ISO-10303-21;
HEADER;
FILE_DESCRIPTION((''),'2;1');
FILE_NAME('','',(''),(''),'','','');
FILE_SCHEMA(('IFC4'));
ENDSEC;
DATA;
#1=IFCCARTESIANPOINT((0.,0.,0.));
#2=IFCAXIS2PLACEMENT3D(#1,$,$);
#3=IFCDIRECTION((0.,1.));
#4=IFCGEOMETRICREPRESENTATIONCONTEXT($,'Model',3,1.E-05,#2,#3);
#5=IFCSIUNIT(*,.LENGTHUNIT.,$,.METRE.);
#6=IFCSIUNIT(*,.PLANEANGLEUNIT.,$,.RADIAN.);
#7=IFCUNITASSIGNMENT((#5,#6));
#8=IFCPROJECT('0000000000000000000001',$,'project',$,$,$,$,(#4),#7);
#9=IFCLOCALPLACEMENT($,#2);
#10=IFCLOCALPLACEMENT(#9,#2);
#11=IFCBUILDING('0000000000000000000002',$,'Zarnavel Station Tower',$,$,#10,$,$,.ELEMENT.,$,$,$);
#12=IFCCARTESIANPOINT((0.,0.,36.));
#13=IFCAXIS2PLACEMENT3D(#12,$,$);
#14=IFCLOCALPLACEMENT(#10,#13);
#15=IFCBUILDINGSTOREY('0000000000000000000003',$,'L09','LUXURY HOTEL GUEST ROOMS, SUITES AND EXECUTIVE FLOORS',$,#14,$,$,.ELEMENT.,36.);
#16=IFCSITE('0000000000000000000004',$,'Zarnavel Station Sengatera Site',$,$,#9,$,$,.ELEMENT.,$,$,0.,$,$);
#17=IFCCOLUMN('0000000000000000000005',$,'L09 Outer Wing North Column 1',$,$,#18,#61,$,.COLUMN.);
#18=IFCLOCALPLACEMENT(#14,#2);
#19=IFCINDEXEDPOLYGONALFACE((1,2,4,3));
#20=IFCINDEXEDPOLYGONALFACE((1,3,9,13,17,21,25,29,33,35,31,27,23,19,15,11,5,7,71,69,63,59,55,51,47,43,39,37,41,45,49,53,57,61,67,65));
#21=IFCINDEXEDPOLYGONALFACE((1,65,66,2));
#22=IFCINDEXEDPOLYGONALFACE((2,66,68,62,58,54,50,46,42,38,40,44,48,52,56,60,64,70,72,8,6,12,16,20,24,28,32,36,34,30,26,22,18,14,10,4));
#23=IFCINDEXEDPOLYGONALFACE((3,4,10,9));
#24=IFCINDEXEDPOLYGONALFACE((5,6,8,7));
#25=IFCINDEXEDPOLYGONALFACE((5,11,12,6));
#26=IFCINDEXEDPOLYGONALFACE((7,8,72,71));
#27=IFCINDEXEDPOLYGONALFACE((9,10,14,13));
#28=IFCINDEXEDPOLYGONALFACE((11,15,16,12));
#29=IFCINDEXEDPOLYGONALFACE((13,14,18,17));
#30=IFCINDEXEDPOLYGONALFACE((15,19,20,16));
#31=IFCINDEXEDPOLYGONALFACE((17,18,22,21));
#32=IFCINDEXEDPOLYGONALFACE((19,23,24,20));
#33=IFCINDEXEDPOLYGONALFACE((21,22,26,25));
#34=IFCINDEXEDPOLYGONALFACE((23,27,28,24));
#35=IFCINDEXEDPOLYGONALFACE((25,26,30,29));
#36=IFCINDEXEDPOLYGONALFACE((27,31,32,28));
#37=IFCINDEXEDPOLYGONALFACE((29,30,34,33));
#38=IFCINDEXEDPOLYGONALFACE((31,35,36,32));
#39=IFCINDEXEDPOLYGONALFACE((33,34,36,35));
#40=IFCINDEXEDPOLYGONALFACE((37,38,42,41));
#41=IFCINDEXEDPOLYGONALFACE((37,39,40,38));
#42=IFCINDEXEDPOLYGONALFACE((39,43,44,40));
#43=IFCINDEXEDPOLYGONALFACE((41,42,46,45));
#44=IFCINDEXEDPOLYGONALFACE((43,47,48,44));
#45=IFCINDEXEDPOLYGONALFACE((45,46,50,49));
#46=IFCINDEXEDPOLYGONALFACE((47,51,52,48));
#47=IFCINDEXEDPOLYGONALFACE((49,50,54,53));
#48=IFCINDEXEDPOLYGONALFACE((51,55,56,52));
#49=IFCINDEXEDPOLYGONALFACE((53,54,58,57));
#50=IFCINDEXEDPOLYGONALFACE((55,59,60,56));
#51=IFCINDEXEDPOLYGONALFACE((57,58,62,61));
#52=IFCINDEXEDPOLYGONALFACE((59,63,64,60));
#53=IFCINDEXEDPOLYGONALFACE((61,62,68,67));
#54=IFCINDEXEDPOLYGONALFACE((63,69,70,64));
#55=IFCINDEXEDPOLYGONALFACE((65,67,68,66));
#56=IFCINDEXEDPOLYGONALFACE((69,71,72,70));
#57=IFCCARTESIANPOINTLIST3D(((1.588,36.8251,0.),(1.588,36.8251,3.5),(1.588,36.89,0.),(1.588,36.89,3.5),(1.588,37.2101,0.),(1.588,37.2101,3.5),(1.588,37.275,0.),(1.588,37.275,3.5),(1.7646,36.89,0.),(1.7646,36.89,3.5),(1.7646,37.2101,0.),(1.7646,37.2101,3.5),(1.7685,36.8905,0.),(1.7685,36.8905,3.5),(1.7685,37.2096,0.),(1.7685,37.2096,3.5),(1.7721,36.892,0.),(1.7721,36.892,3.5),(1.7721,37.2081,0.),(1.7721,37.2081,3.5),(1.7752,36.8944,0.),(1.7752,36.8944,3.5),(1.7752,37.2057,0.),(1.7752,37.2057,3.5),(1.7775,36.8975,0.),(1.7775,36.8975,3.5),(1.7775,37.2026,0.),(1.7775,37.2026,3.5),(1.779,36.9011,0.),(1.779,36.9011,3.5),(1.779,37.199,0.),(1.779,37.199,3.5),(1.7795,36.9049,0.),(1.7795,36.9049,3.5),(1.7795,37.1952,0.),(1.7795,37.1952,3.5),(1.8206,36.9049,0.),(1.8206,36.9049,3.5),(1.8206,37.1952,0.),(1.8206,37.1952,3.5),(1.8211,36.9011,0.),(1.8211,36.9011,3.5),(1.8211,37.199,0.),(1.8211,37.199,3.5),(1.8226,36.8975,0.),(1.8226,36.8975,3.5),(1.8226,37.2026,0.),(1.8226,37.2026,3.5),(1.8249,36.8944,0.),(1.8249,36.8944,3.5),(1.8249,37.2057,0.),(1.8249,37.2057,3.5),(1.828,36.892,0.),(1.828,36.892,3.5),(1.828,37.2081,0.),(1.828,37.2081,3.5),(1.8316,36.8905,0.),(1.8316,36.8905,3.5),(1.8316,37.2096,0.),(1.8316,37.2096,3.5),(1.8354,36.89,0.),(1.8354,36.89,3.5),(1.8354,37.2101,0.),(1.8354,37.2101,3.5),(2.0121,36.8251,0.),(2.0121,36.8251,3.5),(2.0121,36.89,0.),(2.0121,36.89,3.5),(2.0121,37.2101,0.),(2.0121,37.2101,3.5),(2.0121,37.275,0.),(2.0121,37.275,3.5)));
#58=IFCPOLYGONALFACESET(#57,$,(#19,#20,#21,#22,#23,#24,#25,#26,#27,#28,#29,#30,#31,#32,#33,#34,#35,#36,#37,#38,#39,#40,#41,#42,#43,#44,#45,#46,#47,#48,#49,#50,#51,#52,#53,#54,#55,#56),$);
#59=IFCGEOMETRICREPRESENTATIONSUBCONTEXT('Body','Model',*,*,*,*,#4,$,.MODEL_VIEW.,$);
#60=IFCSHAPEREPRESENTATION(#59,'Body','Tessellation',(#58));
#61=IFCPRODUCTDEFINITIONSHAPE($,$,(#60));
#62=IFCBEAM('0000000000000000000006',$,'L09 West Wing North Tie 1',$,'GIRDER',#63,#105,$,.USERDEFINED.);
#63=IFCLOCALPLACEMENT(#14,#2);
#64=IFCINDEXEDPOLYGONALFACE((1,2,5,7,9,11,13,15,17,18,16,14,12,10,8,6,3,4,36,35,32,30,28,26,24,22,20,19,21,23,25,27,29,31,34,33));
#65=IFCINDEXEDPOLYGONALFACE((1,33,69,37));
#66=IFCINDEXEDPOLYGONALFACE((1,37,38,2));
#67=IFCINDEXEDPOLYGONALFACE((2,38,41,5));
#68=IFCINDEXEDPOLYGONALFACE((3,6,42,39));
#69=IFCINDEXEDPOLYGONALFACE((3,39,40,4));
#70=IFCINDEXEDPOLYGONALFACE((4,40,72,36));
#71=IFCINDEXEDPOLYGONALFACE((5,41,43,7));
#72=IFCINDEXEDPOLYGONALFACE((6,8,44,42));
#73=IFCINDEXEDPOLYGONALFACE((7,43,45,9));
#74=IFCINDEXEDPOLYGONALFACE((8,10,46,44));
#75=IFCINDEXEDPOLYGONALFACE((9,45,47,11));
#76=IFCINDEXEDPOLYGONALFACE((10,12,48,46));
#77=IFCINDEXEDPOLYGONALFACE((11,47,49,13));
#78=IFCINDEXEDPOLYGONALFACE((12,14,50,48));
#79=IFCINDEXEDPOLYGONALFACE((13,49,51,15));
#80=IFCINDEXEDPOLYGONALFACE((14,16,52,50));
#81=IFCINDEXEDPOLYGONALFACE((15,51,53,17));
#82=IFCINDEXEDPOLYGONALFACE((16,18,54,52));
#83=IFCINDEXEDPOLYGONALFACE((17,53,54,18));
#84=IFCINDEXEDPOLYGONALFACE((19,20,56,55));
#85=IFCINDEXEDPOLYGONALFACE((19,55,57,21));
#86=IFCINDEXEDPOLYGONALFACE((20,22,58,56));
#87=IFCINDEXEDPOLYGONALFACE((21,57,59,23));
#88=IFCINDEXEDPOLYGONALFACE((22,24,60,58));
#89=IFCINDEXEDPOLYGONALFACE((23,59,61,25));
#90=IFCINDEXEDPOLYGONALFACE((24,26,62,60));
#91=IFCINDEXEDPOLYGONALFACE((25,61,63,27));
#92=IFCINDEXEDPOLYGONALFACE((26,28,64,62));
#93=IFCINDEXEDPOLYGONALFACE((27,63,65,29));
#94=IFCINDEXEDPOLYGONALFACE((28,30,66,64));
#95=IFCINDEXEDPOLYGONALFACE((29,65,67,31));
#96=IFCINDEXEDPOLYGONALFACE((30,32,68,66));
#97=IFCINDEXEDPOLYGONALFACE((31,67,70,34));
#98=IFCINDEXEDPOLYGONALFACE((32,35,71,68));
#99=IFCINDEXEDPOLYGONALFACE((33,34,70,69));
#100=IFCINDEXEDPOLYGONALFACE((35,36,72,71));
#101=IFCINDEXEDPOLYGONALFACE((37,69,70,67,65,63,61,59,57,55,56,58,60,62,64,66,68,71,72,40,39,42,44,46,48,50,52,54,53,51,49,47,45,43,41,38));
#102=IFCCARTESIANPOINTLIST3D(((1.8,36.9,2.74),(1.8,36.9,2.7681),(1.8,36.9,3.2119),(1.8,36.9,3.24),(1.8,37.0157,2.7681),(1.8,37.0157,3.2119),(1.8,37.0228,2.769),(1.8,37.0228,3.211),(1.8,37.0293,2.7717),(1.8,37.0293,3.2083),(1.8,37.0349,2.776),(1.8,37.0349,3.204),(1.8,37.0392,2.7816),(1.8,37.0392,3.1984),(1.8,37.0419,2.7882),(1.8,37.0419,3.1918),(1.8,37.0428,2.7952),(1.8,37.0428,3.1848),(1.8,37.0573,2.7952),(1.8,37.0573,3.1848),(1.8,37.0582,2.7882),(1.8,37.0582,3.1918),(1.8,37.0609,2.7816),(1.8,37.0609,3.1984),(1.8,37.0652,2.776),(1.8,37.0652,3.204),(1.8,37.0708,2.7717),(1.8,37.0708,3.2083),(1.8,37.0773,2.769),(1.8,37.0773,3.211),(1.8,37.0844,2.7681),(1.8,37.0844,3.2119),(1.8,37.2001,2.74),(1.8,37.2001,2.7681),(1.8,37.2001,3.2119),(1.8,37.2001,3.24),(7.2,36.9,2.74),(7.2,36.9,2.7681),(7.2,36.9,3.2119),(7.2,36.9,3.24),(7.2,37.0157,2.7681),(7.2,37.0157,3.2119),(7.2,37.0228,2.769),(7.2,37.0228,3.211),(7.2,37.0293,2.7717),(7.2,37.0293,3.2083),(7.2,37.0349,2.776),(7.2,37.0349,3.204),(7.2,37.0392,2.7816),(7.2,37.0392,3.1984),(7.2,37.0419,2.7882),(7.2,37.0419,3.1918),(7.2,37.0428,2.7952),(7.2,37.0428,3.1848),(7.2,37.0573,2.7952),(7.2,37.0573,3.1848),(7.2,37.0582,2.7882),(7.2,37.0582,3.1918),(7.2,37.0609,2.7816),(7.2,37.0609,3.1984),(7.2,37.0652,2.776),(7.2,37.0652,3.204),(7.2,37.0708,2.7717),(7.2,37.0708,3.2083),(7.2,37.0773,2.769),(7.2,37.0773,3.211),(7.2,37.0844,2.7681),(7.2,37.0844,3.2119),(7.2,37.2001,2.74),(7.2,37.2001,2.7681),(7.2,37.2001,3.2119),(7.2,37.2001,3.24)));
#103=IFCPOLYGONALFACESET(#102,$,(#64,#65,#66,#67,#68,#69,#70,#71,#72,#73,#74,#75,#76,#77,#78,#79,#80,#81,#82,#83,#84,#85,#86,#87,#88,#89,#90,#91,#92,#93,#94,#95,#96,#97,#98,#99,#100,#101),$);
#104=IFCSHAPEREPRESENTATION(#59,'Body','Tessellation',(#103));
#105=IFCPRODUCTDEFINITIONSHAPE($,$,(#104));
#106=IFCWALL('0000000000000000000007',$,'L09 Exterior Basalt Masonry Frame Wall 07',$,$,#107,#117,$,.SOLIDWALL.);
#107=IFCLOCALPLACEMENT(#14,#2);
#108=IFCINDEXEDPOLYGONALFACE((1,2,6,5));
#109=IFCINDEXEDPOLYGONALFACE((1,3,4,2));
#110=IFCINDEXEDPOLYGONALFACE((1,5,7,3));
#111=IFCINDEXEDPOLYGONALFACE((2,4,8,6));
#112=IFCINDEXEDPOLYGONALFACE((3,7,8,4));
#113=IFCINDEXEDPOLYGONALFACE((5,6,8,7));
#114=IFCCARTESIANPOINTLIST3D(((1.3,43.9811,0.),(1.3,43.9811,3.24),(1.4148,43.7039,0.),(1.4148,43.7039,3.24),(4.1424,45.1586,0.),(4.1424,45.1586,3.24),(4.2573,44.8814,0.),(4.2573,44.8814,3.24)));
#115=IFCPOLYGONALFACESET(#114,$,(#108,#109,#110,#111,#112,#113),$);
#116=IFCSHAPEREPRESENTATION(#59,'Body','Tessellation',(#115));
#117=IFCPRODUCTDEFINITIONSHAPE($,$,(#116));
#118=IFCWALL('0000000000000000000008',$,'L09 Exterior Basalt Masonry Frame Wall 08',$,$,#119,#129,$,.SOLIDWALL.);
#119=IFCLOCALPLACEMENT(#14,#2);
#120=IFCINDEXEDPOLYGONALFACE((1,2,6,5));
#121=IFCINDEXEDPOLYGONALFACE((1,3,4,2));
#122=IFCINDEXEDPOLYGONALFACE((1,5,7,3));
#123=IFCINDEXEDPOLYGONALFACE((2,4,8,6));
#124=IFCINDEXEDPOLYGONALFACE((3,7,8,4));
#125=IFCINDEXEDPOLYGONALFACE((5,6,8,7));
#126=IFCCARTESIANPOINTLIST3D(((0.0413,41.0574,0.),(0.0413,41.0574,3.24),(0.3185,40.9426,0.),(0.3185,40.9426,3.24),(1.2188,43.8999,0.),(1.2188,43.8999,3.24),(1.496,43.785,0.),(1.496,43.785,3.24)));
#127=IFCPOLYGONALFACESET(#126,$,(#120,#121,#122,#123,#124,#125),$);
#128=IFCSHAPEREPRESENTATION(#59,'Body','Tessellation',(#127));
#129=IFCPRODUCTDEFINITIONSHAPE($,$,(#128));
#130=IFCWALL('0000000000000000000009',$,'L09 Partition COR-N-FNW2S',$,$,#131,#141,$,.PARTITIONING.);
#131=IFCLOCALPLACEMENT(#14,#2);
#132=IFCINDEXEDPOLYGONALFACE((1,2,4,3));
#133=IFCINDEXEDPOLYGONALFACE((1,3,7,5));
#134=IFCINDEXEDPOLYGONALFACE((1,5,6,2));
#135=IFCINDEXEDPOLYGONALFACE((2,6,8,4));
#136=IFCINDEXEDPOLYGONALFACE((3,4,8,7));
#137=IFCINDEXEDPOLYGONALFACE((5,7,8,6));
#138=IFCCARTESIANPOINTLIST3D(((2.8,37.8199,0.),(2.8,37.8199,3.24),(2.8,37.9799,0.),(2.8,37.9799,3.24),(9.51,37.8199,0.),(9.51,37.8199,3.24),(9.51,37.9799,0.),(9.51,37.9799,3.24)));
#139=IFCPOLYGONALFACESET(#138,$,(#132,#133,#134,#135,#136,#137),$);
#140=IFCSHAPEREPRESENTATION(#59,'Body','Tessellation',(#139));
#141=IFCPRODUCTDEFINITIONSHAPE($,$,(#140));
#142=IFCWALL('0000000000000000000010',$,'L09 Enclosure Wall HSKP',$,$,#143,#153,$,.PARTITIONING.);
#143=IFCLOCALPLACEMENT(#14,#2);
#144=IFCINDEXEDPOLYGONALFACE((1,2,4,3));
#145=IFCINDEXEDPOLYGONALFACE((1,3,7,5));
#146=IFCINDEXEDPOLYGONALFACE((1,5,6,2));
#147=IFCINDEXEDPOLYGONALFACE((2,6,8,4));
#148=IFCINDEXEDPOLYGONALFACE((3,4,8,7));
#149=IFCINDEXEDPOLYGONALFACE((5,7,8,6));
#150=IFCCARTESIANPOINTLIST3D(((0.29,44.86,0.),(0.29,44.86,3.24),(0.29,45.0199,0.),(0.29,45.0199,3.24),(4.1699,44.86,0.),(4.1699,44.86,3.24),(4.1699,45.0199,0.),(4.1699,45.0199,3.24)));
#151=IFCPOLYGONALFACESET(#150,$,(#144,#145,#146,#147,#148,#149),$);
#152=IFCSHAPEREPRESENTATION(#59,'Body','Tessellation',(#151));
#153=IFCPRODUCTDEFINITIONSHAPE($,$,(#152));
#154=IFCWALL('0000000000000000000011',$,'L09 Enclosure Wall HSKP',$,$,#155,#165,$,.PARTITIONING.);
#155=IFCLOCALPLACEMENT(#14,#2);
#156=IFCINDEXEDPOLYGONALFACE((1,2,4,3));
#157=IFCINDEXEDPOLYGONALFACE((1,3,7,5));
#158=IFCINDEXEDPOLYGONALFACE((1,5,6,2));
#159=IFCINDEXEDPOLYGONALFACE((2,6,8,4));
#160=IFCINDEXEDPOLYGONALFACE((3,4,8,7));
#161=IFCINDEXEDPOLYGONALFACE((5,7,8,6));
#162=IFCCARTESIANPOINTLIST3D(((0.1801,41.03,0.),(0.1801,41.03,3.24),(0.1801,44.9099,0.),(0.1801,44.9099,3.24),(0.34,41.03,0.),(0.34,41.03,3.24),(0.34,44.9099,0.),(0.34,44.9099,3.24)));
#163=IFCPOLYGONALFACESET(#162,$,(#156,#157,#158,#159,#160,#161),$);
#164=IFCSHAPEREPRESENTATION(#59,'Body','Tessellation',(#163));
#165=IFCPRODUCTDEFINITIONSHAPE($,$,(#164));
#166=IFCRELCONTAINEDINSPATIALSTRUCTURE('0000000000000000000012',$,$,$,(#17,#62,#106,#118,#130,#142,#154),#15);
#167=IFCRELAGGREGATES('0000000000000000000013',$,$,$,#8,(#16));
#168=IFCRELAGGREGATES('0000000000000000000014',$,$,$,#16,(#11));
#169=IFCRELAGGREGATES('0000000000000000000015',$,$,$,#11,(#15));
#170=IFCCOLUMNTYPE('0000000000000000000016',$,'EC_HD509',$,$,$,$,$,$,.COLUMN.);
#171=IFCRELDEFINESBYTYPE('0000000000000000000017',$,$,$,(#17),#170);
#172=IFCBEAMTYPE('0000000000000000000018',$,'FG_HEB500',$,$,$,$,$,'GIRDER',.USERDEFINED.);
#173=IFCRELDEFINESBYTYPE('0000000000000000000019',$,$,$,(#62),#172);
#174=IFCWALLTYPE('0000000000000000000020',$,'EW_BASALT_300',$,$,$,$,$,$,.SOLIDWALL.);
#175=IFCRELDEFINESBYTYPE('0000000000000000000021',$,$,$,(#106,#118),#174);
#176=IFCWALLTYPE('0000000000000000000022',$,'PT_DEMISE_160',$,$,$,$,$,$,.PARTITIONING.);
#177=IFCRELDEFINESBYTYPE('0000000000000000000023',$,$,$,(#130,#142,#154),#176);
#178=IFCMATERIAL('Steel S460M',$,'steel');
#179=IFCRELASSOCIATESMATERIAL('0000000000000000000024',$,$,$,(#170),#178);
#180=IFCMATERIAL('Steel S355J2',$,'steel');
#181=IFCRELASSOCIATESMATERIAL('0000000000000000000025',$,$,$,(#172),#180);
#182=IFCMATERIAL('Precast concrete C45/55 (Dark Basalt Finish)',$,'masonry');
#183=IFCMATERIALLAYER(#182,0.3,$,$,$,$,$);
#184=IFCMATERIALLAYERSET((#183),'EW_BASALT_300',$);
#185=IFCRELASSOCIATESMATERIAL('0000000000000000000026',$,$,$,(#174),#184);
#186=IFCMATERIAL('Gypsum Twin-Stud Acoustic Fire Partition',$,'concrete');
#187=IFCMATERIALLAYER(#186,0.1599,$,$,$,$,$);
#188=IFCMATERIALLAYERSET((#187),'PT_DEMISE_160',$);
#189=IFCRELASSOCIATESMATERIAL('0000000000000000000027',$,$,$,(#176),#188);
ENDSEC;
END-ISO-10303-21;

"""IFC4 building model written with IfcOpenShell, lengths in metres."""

from ifc_helpers import new_model, si_unit, direction, frame, frame_2d, origin, origin_2d, place, context, subcontext, project, spatial, rectangle, i_section, extrude, material, layer, layer_set, material_profile, profile_set, type_object, element, save


model = new_model("IFC4")

# Units and contexts
model_context = context("Model", 3, precision=1e-05, world=origin(), true_north=direction((0.0, 1.0)))
body_context = subcontext(model_context, "Body", "Model", "MODEL_VIEW")
ifc_project = project(units=[si_unit("LENGTHUNIT", "METRE"), si_unit("PLANEANGLEUNIT", "RADIAN")], contexts=[model_context])

# Site, building, storey
site_placement = place(None, origin())
site = spatial("IfcSite", under=ifc_project, at=site_placement, Name="Zarnavel Station Sengatera Site", CompositionType="ELEMENT", RefElevation=0.0)
building_placement = place(site_placement, origin())
building = spatial("IfcBuilding", under=site, at=building_placement, Name="Zarnavel Station Tower", CompositionType="ELEMENT")
storey_placement = place(building_placement, frame((0.0, 0.0, 36.0)))
storey = spatial("IfcBuildingStorey", under=building, at=storey_placement, Name="L09", Description="LUXURY HOTEL GUEST ROOMS, SUITES AND EXECUTIVE FLOORS", CompositionType="ELEMENT", Elevation=36.0)

# Column
ifc_material_1 = material(Name="Steel S460M", Category="steel")
ifc_material_profile_1 = material_profile(ifc_material_1, i_section(OverallWidth=0.4241, OverallDepth=0.45, WebThickness=0.041, FlangeThickness=0.0649, FilletRadius=0.0149, at=origin_2d()), Name="HD400x509")
ifc_profile_set_1 = profile_set([ifc_material_profile_1], Name="Steel S460M")
column_type = type_object("IfcColumnType", Name="EC_HD509", PredefinedType="COLUMN", material=ifc_profile_set_1)
column_placement = place(storey_placement, frame((1.8, 37.05, 0.0), z_axis=(0.0, 0.0, 1.0), x_axis=(1.0, 0.0, 0.0)))
element("IfcColumn", 1, at=column_placement, inside=storey, type_object=column_type, Name="L09 Outer Wing North Column 1", PredefinedType="COLUMN", context=body_context, shape_type="SweptSolid", body=[
    extrude(i_section(OverallWidth=0.4241, OverallDepth=0.45, WebThickness=0.041, FlangeThickness=0.0649, FilletRadius=0.0149, at=origin_2d()), origin(), (0.0, 0.0, 1.0), 3.5),
])

# Beam
ifc_material_2 = material(Name="Steel S355J2", Category="steel")
ifc_material_profile_2 = material_profile(ifc_material_2, i_section(OverallWidth=0.3, OverallDepth=0.5, WebThickness=0.0144, FlangeThickness=0.0281, FilletRadius=0.0271, at=origin_2d()), Name="HEB500")
ifc_profile_set_2 = profile_set([ifc_material_profile_2], Name="Steel S355J2")
beam_type = type_object("IfcBeamType", Name="FG_HEB500", ElementType="GIRDER", PredefinedType="USERDEFINED", material=ifc_profile_set_2)
beam_placement = place(storey_placement, frame((1.8, 37.05, 2.99), z_axis=(1.0, 0.0, 0.0), x_axis=(0.0, 1.0, 0.0)))
element("IfcBeam", 2, at=beam_placement, inside=storey, type_object=beam_type, Name="L09 West Wing North Tie 1", ObjectType="GIRDER", PredefinedType="USERDEFINED", context=body_context, shape_type="SweptSolid", body=[
    extrude(i_section(OverallWidth=0.3, OverallDepth=0.5, WebThickness=0.0144, FlangeThickness=0.0281, FilletRadius=0.0271, at=origin_2d()), origin(), (0.0, 0.0, 1.0), 5.3999),
])

# Shared definitions
ifc_material_3 = material(Name="Precast concrete C45/55 (Dark Basalt Finish)", Category="masonry")
ifc_layer_1 = layer(ifc_material_3, 0.3)
ifc_layer_set_1 = layer_set([ifc_layer_1], Name="EW_BASALT_300")
wall_type_1 = type_object("IfcWallType", Name="EW_BASALT_300", PredefinedType="SOLIDWALL", material=ifc_layer_set_1)

# Walls
for number, where, z_axis, x_axis, name in (
    (3, (1.3574, 43.8425, 0.0), (0.0, 0.0, 1.0), (0.923871, 0.382705, 0.0), "L09 Exterior Basalt Masonry Frame Wall 07"),
    (4, (0.1799, 41.0, 0.0), (0.0, 0.0, 1.0), (0.382705, 0.923871, 0.0), "L09 Exterior Basalt Masonry Frame Wall 08"),
):
    element("IfcWall", number, at=place(storey_placement, frame(where, z_axis=z_axis, x_axis=x_axis)), inside=storey, type_object=wall_type_1, Name=name, PredefinedType="SOLIDWALL", context=body_context, shape_type="SweptSolid", body=[
        extrude(rectangle(XDim=3.0767, YDim=0.3, at=frame_2d((1.5383, 0.0))), origin(), (0.0, 0.0, 1.0), 3.24),
    ])
ifc_material_4 = material(Name="Gypsum Twin-Stud Acoustic Fire Partition", Category="concrete")
ifc_layer_2 = layer(ifc_material_4, 0.1599)
ifc_layer_set_2 = layer_set([ifc_layer_2], Name="PT_DEMISE_160")
wall_type_2 = type_object("IfcWallType", Name="PT_DEMISE_160", PredefinedType="PARTITIONING", material=ifc_layer_set_2)
wall_1_placement = place(storey_placement, frame((2.8, 37.8999, 0.0), z_axis=(0.0, 0.0, 1.0), x_axis=(1.0, 0.0, 0.0)))
element("IfcWall", 5, at=wall_1_placement, inside=storey, type_object=wall_type_2, Name="L09 Partition COR-N-FNW2S", PredefinedType="PARTITIONING", context=body_context, shape_type="SweptSolid", body=[
    extrude(rectangle(XDim=6.71, YDim=0.1599, at=frame_2d((3.355, 0.0))), origin(), (0.0, 0.0, 1.0), 3.24),
])
for number, where, z_axis, x_axis, name in (
    (6, (0.29, 44.9399, 0.0), (0.0, 0.0, 1.0), (1.0, 0.0, 0.0), "L09 Enclosure Wall HSKP"),
    (7, (0.26, 41.03, 0.0), (0.0, 0.0, 1.0), (0.0, 1.0, 0.0), "L09 Enclosure Wall HSKP"),
):
    element("IfcWall", number, at=place(storey_placement, frame(where, z_axis=z_axis, x_axis=x_axis)), inside=storey, type_object=wall_type_2, Name=name, PredefinedType="PARTITIONING", context=body_context, shape_type="SweptSolid", body=[
        extrude(rectangle(XDim=3.8799, YDim=0.1599, at=frame_2d((1.9399, 0.0))), origin(), (0.0, 0.0, 1.0), 3.24),
    ])

save(model, "model.ifc")
